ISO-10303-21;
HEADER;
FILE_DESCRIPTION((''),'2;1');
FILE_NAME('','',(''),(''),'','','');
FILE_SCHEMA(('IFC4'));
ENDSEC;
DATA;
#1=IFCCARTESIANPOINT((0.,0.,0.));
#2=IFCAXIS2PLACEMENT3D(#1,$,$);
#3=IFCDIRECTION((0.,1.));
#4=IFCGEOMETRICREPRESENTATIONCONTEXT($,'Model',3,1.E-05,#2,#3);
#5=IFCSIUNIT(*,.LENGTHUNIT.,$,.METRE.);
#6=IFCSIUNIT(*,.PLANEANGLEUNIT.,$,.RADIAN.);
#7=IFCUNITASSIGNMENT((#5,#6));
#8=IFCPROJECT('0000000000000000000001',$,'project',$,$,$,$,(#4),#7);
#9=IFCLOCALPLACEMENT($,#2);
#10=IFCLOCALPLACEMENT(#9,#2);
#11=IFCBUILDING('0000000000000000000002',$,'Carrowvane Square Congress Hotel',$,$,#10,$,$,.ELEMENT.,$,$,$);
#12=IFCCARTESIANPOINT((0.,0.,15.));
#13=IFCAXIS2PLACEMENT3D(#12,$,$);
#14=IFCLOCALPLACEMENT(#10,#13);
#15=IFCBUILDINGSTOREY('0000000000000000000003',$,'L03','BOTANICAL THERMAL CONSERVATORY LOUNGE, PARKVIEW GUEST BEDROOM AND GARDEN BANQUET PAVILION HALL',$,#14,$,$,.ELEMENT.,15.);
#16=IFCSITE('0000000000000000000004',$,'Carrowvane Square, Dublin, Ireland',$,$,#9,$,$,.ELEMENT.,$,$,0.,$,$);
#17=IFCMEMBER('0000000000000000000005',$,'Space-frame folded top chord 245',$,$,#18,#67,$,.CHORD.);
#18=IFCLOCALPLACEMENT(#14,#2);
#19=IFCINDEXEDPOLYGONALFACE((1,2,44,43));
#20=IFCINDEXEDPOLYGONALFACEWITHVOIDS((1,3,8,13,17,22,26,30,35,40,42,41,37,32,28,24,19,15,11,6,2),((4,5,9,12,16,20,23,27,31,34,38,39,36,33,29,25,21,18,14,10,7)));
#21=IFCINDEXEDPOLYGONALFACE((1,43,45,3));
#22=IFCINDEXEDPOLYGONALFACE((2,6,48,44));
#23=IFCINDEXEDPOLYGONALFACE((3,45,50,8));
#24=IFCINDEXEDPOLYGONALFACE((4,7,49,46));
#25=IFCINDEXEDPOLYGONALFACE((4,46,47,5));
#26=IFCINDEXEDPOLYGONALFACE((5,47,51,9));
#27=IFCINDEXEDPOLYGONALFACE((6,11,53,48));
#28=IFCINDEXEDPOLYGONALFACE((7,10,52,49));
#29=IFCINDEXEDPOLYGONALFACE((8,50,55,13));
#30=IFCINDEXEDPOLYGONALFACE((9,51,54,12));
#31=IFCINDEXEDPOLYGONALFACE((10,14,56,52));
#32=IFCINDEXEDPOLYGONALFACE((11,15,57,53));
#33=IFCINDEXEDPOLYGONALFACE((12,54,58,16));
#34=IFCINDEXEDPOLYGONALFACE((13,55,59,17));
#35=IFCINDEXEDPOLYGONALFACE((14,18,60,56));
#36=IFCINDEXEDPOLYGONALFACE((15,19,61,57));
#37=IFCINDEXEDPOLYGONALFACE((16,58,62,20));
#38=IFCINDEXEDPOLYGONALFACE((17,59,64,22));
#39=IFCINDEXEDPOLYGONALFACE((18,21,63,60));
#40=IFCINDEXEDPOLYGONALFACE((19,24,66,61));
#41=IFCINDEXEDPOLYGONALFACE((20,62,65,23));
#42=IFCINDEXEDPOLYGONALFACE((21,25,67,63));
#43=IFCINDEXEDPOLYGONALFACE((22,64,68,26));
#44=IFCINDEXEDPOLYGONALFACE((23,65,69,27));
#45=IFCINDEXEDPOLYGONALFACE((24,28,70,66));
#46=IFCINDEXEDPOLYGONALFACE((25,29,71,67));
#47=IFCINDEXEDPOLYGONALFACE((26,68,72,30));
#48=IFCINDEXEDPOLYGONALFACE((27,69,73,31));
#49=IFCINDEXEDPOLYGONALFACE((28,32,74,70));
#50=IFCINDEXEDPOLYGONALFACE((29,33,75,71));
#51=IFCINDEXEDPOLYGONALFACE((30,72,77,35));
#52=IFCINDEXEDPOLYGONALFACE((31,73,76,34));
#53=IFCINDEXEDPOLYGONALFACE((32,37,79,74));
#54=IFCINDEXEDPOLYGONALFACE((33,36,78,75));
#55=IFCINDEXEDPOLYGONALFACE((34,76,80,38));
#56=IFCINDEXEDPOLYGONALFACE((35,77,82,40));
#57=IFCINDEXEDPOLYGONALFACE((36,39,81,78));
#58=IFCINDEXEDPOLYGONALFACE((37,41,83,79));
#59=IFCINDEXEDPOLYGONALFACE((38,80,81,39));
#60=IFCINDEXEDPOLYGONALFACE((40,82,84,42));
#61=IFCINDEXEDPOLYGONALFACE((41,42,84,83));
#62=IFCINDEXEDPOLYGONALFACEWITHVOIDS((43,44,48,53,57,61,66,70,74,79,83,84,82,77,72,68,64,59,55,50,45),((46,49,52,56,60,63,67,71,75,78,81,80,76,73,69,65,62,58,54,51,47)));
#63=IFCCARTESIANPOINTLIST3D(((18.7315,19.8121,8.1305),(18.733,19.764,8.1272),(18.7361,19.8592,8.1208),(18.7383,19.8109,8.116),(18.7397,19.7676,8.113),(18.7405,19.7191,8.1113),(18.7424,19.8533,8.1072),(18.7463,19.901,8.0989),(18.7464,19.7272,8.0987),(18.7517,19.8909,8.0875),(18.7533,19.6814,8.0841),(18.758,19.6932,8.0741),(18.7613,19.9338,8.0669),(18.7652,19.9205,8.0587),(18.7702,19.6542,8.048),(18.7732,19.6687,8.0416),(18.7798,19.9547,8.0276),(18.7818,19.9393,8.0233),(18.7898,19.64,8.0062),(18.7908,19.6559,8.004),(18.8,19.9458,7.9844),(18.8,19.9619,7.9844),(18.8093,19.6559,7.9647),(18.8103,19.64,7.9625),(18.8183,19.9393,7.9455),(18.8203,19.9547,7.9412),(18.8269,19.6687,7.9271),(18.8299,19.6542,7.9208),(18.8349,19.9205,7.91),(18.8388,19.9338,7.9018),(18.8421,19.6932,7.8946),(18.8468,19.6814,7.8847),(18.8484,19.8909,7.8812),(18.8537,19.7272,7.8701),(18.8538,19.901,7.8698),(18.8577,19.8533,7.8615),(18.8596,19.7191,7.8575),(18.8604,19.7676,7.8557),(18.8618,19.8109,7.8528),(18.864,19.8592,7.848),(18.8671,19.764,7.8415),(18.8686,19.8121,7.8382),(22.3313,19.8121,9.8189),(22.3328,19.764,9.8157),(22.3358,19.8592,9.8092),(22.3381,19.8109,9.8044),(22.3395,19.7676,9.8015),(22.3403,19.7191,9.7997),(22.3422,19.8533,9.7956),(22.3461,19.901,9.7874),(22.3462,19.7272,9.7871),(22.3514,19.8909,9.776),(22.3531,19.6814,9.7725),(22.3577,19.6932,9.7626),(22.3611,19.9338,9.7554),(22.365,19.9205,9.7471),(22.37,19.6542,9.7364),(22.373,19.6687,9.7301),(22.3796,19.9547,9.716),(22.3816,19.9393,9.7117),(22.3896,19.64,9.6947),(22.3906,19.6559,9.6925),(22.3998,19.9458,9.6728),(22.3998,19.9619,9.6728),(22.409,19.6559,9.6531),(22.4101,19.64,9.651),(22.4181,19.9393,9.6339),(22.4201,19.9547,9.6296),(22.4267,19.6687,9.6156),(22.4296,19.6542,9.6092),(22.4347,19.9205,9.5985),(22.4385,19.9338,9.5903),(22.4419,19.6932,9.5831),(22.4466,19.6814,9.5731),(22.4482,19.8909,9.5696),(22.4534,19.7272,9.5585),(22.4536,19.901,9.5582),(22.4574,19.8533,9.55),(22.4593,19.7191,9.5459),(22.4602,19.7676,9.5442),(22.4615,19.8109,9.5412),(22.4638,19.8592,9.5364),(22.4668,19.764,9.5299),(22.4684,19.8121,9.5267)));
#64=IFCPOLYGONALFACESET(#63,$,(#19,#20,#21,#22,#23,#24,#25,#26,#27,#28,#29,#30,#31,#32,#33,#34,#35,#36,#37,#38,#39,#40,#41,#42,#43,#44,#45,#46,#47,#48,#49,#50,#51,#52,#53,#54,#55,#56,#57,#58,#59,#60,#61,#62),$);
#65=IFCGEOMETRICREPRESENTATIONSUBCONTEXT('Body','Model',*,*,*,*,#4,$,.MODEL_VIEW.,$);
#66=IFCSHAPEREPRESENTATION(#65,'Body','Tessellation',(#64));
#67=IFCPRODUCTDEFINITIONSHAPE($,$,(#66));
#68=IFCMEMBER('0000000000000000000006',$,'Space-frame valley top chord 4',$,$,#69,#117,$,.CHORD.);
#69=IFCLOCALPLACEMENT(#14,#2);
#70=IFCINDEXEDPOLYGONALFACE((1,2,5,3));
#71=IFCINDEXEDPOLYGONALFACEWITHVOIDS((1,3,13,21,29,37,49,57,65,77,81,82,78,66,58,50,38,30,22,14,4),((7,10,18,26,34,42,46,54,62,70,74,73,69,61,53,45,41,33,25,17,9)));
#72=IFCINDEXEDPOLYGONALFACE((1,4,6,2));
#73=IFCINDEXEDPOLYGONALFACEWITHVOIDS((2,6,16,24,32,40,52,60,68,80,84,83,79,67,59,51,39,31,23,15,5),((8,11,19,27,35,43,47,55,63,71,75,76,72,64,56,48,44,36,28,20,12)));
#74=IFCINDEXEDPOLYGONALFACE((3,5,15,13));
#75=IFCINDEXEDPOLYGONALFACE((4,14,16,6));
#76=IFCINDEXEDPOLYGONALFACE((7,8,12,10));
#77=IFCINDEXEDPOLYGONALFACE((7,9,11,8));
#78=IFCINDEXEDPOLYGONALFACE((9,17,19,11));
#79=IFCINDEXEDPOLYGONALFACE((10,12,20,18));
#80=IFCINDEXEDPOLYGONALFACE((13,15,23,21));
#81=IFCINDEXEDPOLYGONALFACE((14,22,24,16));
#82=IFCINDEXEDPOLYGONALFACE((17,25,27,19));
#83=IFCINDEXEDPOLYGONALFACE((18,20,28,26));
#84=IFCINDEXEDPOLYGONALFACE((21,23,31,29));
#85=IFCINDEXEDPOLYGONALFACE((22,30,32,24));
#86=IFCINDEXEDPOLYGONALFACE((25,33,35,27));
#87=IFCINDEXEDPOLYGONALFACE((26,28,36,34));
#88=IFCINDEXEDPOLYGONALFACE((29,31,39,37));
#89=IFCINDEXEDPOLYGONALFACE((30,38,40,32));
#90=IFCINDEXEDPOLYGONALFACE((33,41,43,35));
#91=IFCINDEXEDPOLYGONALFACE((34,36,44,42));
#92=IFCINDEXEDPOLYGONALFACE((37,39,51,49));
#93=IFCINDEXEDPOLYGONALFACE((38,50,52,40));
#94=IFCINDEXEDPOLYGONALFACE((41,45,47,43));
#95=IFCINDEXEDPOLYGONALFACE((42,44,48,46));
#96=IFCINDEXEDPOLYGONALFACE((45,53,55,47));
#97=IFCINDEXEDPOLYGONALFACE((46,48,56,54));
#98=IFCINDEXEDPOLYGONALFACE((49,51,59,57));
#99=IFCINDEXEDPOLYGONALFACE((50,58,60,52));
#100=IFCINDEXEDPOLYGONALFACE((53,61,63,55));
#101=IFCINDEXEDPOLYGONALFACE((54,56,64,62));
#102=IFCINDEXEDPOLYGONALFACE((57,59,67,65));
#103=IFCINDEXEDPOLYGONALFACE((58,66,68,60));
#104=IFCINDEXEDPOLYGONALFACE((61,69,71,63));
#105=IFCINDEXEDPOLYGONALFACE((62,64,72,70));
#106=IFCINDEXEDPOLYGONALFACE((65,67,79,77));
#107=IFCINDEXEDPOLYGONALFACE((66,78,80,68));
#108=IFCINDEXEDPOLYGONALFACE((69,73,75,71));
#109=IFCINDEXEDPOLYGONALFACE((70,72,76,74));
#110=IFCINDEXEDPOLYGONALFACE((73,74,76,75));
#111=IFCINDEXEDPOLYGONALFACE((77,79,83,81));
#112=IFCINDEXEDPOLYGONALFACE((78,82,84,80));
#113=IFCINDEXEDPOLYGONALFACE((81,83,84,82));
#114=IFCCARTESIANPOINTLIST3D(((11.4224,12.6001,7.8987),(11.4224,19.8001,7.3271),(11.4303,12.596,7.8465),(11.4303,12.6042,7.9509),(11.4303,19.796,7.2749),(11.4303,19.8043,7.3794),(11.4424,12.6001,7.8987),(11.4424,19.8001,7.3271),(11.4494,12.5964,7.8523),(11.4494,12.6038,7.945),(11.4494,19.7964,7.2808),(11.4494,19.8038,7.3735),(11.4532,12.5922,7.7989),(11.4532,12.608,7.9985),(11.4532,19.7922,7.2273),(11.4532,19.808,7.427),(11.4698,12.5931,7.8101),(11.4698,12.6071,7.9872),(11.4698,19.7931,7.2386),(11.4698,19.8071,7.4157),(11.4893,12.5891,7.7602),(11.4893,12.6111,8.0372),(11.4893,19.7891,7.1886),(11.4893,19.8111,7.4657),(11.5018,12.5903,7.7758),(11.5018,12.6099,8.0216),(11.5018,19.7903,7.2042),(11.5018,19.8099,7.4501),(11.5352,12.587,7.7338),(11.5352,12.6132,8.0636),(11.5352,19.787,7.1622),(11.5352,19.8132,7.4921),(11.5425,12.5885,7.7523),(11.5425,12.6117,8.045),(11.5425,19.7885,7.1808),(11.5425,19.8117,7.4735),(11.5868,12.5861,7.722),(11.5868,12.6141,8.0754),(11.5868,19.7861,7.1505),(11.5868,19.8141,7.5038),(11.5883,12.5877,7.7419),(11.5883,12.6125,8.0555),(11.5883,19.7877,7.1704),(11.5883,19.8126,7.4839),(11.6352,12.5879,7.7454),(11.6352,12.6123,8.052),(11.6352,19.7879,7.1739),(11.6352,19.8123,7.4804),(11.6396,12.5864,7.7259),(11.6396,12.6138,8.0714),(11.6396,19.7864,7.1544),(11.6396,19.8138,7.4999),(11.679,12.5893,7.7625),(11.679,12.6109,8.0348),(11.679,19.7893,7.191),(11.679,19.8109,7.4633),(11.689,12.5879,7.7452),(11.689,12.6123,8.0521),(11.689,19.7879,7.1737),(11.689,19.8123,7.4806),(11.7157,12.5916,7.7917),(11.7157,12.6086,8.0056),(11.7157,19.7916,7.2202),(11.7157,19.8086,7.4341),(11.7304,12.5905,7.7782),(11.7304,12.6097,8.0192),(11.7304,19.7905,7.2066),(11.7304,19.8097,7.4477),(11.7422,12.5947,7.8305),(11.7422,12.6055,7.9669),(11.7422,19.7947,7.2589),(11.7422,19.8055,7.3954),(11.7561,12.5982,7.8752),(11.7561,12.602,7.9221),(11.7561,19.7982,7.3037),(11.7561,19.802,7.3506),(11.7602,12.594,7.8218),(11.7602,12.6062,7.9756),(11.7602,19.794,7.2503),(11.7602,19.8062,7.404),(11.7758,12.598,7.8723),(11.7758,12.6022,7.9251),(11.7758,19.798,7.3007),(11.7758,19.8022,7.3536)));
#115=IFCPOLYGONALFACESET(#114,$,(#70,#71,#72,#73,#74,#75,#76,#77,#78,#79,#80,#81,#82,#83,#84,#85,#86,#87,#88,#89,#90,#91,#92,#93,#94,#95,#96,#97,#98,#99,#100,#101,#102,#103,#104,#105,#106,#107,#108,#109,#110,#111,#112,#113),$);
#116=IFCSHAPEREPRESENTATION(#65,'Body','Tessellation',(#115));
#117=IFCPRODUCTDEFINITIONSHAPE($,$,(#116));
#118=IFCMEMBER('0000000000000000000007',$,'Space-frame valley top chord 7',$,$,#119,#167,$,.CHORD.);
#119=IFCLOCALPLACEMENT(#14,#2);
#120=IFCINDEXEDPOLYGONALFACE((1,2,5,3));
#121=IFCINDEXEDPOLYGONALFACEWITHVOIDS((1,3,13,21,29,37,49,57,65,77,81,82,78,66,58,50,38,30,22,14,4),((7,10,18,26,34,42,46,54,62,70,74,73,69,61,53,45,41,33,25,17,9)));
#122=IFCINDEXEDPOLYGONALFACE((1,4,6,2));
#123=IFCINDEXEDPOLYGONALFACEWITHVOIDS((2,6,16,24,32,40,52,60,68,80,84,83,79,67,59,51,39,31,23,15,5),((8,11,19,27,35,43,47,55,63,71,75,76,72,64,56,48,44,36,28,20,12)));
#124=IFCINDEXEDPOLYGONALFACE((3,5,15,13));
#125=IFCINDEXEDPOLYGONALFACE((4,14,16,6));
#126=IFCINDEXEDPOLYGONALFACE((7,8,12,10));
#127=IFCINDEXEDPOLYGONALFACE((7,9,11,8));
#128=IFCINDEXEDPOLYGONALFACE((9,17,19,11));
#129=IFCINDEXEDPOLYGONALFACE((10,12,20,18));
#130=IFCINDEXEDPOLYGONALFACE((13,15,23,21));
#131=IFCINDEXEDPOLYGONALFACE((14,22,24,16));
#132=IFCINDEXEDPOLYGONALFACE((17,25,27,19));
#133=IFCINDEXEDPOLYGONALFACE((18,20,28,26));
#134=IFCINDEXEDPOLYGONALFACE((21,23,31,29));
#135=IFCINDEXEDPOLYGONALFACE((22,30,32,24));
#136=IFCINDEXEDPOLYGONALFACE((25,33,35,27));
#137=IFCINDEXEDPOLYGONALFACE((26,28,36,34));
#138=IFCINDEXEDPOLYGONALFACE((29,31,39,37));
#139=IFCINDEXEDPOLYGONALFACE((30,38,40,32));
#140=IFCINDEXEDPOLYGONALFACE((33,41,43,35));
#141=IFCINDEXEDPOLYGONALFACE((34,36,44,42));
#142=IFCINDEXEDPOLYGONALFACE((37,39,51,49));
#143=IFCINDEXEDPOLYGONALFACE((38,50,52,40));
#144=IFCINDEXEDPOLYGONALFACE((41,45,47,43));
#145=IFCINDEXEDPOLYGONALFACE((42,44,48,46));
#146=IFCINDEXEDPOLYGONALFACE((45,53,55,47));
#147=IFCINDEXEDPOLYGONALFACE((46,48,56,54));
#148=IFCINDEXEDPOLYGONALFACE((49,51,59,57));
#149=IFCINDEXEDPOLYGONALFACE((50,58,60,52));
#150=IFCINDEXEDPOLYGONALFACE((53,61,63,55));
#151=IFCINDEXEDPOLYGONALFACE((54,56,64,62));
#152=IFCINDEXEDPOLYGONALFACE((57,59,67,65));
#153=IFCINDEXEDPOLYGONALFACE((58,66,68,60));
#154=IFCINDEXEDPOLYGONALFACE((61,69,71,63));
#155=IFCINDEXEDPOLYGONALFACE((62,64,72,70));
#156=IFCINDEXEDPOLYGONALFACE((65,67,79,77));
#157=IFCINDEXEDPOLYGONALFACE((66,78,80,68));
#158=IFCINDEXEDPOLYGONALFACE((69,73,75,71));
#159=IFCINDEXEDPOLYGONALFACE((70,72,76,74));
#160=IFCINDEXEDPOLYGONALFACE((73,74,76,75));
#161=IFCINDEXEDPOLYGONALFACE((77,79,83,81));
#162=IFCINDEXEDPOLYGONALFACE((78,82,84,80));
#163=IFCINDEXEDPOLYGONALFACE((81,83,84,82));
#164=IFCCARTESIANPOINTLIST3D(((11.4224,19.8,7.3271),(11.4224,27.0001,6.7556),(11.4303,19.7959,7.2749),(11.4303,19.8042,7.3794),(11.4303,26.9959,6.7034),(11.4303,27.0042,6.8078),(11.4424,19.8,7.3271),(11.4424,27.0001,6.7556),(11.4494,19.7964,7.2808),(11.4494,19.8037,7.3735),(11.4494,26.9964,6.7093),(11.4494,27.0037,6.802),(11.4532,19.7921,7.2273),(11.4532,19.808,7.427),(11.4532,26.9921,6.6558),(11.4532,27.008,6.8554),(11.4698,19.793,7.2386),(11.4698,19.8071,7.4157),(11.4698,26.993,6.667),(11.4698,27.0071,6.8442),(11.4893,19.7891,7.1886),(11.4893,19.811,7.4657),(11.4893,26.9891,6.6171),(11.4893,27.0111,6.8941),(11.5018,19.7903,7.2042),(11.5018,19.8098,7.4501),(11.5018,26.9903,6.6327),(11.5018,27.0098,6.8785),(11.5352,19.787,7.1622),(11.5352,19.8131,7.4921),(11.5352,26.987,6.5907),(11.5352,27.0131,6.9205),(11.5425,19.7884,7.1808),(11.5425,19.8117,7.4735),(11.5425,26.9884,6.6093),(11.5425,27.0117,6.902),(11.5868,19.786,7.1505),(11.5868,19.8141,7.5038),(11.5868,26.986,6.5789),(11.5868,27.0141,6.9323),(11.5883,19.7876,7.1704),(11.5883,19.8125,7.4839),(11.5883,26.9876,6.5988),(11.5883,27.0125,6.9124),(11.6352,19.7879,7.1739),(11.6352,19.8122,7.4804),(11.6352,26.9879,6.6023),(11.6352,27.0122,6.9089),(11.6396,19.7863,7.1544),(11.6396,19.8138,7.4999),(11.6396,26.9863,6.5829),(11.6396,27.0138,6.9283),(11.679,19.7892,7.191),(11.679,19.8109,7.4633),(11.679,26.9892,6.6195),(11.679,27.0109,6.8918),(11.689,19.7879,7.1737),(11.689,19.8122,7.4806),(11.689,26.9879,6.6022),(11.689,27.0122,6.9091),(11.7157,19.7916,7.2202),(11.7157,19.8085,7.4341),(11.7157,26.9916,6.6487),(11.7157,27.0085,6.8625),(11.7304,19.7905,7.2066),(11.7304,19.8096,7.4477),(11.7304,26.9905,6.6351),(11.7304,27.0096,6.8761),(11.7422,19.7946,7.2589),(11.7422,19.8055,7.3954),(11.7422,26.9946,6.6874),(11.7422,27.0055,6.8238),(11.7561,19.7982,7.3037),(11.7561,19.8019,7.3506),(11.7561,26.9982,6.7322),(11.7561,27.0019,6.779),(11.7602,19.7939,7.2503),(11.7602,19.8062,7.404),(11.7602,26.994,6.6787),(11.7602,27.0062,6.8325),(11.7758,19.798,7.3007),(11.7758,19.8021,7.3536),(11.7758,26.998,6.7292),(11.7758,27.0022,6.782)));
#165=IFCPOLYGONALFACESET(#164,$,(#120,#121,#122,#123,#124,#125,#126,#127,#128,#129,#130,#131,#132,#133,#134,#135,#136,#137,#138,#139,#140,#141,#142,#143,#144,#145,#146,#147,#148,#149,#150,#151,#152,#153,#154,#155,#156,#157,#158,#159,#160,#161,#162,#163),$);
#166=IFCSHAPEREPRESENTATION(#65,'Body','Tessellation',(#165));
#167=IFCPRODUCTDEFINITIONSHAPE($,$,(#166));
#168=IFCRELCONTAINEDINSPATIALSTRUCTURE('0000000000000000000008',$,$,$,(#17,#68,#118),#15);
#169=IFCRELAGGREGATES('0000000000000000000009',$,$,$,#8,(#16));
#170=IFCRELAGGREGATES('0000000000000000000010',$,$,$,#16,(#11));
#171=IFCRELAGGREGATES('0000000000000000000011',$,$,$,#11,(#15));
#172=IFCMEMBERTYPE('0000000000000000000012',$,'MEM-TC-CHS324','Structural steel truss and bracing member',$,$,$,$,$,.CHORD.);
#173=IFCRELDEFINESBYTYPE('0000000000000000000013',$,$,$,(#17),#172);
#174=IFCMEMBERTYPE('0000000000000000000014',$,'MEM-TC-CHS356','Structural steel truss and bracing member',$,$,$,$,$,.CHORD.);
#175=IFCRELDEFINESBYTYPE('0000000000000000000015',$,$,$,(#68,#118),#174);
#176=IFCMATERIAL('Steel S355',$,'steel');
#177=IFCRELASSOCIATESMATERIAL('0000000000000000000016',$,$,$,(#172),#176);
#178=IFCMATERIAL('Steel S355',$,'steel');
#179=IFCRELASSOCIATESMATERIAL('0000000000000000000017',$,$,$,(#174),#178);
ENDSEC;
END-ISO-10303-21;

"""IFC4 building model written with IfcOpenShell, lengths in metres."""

from ifc_helpers import new_model, si_unit, direction, frame, origin, origin_2d, place, context, subcontext, project, spatial, hollow_circle, extrude, material, material_profile, profile_set, type_object, element, save


model = new_model("IFC4")

# Units and contexts
model_context = context("Model", 3, precision=1e-05, world=origin(), true_north=direction((0.0, 1.0)))
body_context = subcontext(model_context, "Body", "Model", "MODEL_VIEW")
ifc_project = project(units=[si_unit("LENGTHUNIT", "METRE"), si_unit("PLANEANGLEUNIT", "RADIAN")], contexts=[model_context])

# Site, building, storey
site_placement = place(None, origin())
site = spatial("IfcSite", under=ifc_project, at=site_placement, Name="Carrowvane Square, Dublin, Ireland", CompositionType="ELEMENT", RefElevation=0.0)
building_placement = place(site_placement, origin())
building = spatial("IfcBuilding", under=site, at=building_placement, Name="Carrowvane Square Congress Hotel", CompositionType="ELEMENT")
storey_placement = place(building_placement, frame((0.0, 0.0, 15.0)))
storey = spatial("IfcBuildingStorey", under=building, at=storey_placement, Name="L03", Description="BOTANICAL THERMAL CONSERVATORY LOUNGE, PARKVIEW GUEST BEDROOM AND GARDEN BANQUET PAVILION HALL", CompositionType="ELEMENT", Elevation=15.0)

# Members
ifc_material_1 = material(Name="Steel S355", Category="steel")
ifc_material_profile_1 = material_profile(ifc_material_1, hollow_circle(Radius=0.1619, WallThickness=0.0161, at=origin_2d()), Name="CHS 323.9x16")
ifc_profile_set_1 = profile_set([ifc_material_profile_1], Name="Steel S355")
member_type_1 = type_object("IfcMemberType", Name="MEM-TC-CHS324", Description="Structural steel truss and bracing member", PredefinedType="CHORD", material=ifc_profile_set_1)
member_1_placement = place(storey_placement, frame((18.8, 19.8, 7.9844), z_axis=(0.905358, 0.0, 0.424649), x_axis=(0.0, 1.0, 0.0)))
element("IfcMember", 1, at=member_1_placement, inside=storey, type_object=member_type_1, Name="Space-frame folded top chord 245", PredefinedType="CHORD", context=body_context, shape_type="SweptSolid", body=[
    extrude(hollow_circle(Radius=0.1619, WallThickness=0.0161, at=origin_2d()), origin(), (0.0, 0.0, 1.0), 3.9761),
])
ifc_material_2 = material(Name="Steel S355", Category="steel")
ifc_material_profile_2 = material_profile(ifc_material_2, hollow_circle(Radius=0.1777, WallThickness=0.02, at=origin_2d()), Name="CHS 355.6x20")
ifc_profile_set_2 = profile_set([ifc_material_profile_2], Name="Steel S355")
member_type_2 = type_object("IfcMemberType", Name="MEM-TC-CHS356", Description="Structural steel truss and bracing member", PredefinedType="CHORD", material=ifc_profile_set_2)
for number, where, z_axis, x_axis, name in (
    (2, (11.6001, 12.6001, 7.8987), (0.0, 0.996864, -0.079131), (-1.0, 0.0, 0.0), "Space-frame valley top chord 4"),
    (3, (11.6001, 19.8, 7.3271), (0.0, 0.996864, -0.079131), (-1.0, 0.0, 0.0), "Space-frame valley top chord 7"),
):
    element("IfcMember", number, at=place(storey_placement, frame(where, z_axis=z_axis, x_axis=x_axis)), inside=storey, type_object=member_type_2, Name=name, PredefinedType="CHORD", context=body_context, shape_type="SweptSolid", body=[
        extrude(hollow_circle(Radius=0.1777, WallThickness=0.02, at=origin_2d()), origin(), (0.0, 0.0, 1.0), 7.2227),
    ])

save(model, "model.ifc")
